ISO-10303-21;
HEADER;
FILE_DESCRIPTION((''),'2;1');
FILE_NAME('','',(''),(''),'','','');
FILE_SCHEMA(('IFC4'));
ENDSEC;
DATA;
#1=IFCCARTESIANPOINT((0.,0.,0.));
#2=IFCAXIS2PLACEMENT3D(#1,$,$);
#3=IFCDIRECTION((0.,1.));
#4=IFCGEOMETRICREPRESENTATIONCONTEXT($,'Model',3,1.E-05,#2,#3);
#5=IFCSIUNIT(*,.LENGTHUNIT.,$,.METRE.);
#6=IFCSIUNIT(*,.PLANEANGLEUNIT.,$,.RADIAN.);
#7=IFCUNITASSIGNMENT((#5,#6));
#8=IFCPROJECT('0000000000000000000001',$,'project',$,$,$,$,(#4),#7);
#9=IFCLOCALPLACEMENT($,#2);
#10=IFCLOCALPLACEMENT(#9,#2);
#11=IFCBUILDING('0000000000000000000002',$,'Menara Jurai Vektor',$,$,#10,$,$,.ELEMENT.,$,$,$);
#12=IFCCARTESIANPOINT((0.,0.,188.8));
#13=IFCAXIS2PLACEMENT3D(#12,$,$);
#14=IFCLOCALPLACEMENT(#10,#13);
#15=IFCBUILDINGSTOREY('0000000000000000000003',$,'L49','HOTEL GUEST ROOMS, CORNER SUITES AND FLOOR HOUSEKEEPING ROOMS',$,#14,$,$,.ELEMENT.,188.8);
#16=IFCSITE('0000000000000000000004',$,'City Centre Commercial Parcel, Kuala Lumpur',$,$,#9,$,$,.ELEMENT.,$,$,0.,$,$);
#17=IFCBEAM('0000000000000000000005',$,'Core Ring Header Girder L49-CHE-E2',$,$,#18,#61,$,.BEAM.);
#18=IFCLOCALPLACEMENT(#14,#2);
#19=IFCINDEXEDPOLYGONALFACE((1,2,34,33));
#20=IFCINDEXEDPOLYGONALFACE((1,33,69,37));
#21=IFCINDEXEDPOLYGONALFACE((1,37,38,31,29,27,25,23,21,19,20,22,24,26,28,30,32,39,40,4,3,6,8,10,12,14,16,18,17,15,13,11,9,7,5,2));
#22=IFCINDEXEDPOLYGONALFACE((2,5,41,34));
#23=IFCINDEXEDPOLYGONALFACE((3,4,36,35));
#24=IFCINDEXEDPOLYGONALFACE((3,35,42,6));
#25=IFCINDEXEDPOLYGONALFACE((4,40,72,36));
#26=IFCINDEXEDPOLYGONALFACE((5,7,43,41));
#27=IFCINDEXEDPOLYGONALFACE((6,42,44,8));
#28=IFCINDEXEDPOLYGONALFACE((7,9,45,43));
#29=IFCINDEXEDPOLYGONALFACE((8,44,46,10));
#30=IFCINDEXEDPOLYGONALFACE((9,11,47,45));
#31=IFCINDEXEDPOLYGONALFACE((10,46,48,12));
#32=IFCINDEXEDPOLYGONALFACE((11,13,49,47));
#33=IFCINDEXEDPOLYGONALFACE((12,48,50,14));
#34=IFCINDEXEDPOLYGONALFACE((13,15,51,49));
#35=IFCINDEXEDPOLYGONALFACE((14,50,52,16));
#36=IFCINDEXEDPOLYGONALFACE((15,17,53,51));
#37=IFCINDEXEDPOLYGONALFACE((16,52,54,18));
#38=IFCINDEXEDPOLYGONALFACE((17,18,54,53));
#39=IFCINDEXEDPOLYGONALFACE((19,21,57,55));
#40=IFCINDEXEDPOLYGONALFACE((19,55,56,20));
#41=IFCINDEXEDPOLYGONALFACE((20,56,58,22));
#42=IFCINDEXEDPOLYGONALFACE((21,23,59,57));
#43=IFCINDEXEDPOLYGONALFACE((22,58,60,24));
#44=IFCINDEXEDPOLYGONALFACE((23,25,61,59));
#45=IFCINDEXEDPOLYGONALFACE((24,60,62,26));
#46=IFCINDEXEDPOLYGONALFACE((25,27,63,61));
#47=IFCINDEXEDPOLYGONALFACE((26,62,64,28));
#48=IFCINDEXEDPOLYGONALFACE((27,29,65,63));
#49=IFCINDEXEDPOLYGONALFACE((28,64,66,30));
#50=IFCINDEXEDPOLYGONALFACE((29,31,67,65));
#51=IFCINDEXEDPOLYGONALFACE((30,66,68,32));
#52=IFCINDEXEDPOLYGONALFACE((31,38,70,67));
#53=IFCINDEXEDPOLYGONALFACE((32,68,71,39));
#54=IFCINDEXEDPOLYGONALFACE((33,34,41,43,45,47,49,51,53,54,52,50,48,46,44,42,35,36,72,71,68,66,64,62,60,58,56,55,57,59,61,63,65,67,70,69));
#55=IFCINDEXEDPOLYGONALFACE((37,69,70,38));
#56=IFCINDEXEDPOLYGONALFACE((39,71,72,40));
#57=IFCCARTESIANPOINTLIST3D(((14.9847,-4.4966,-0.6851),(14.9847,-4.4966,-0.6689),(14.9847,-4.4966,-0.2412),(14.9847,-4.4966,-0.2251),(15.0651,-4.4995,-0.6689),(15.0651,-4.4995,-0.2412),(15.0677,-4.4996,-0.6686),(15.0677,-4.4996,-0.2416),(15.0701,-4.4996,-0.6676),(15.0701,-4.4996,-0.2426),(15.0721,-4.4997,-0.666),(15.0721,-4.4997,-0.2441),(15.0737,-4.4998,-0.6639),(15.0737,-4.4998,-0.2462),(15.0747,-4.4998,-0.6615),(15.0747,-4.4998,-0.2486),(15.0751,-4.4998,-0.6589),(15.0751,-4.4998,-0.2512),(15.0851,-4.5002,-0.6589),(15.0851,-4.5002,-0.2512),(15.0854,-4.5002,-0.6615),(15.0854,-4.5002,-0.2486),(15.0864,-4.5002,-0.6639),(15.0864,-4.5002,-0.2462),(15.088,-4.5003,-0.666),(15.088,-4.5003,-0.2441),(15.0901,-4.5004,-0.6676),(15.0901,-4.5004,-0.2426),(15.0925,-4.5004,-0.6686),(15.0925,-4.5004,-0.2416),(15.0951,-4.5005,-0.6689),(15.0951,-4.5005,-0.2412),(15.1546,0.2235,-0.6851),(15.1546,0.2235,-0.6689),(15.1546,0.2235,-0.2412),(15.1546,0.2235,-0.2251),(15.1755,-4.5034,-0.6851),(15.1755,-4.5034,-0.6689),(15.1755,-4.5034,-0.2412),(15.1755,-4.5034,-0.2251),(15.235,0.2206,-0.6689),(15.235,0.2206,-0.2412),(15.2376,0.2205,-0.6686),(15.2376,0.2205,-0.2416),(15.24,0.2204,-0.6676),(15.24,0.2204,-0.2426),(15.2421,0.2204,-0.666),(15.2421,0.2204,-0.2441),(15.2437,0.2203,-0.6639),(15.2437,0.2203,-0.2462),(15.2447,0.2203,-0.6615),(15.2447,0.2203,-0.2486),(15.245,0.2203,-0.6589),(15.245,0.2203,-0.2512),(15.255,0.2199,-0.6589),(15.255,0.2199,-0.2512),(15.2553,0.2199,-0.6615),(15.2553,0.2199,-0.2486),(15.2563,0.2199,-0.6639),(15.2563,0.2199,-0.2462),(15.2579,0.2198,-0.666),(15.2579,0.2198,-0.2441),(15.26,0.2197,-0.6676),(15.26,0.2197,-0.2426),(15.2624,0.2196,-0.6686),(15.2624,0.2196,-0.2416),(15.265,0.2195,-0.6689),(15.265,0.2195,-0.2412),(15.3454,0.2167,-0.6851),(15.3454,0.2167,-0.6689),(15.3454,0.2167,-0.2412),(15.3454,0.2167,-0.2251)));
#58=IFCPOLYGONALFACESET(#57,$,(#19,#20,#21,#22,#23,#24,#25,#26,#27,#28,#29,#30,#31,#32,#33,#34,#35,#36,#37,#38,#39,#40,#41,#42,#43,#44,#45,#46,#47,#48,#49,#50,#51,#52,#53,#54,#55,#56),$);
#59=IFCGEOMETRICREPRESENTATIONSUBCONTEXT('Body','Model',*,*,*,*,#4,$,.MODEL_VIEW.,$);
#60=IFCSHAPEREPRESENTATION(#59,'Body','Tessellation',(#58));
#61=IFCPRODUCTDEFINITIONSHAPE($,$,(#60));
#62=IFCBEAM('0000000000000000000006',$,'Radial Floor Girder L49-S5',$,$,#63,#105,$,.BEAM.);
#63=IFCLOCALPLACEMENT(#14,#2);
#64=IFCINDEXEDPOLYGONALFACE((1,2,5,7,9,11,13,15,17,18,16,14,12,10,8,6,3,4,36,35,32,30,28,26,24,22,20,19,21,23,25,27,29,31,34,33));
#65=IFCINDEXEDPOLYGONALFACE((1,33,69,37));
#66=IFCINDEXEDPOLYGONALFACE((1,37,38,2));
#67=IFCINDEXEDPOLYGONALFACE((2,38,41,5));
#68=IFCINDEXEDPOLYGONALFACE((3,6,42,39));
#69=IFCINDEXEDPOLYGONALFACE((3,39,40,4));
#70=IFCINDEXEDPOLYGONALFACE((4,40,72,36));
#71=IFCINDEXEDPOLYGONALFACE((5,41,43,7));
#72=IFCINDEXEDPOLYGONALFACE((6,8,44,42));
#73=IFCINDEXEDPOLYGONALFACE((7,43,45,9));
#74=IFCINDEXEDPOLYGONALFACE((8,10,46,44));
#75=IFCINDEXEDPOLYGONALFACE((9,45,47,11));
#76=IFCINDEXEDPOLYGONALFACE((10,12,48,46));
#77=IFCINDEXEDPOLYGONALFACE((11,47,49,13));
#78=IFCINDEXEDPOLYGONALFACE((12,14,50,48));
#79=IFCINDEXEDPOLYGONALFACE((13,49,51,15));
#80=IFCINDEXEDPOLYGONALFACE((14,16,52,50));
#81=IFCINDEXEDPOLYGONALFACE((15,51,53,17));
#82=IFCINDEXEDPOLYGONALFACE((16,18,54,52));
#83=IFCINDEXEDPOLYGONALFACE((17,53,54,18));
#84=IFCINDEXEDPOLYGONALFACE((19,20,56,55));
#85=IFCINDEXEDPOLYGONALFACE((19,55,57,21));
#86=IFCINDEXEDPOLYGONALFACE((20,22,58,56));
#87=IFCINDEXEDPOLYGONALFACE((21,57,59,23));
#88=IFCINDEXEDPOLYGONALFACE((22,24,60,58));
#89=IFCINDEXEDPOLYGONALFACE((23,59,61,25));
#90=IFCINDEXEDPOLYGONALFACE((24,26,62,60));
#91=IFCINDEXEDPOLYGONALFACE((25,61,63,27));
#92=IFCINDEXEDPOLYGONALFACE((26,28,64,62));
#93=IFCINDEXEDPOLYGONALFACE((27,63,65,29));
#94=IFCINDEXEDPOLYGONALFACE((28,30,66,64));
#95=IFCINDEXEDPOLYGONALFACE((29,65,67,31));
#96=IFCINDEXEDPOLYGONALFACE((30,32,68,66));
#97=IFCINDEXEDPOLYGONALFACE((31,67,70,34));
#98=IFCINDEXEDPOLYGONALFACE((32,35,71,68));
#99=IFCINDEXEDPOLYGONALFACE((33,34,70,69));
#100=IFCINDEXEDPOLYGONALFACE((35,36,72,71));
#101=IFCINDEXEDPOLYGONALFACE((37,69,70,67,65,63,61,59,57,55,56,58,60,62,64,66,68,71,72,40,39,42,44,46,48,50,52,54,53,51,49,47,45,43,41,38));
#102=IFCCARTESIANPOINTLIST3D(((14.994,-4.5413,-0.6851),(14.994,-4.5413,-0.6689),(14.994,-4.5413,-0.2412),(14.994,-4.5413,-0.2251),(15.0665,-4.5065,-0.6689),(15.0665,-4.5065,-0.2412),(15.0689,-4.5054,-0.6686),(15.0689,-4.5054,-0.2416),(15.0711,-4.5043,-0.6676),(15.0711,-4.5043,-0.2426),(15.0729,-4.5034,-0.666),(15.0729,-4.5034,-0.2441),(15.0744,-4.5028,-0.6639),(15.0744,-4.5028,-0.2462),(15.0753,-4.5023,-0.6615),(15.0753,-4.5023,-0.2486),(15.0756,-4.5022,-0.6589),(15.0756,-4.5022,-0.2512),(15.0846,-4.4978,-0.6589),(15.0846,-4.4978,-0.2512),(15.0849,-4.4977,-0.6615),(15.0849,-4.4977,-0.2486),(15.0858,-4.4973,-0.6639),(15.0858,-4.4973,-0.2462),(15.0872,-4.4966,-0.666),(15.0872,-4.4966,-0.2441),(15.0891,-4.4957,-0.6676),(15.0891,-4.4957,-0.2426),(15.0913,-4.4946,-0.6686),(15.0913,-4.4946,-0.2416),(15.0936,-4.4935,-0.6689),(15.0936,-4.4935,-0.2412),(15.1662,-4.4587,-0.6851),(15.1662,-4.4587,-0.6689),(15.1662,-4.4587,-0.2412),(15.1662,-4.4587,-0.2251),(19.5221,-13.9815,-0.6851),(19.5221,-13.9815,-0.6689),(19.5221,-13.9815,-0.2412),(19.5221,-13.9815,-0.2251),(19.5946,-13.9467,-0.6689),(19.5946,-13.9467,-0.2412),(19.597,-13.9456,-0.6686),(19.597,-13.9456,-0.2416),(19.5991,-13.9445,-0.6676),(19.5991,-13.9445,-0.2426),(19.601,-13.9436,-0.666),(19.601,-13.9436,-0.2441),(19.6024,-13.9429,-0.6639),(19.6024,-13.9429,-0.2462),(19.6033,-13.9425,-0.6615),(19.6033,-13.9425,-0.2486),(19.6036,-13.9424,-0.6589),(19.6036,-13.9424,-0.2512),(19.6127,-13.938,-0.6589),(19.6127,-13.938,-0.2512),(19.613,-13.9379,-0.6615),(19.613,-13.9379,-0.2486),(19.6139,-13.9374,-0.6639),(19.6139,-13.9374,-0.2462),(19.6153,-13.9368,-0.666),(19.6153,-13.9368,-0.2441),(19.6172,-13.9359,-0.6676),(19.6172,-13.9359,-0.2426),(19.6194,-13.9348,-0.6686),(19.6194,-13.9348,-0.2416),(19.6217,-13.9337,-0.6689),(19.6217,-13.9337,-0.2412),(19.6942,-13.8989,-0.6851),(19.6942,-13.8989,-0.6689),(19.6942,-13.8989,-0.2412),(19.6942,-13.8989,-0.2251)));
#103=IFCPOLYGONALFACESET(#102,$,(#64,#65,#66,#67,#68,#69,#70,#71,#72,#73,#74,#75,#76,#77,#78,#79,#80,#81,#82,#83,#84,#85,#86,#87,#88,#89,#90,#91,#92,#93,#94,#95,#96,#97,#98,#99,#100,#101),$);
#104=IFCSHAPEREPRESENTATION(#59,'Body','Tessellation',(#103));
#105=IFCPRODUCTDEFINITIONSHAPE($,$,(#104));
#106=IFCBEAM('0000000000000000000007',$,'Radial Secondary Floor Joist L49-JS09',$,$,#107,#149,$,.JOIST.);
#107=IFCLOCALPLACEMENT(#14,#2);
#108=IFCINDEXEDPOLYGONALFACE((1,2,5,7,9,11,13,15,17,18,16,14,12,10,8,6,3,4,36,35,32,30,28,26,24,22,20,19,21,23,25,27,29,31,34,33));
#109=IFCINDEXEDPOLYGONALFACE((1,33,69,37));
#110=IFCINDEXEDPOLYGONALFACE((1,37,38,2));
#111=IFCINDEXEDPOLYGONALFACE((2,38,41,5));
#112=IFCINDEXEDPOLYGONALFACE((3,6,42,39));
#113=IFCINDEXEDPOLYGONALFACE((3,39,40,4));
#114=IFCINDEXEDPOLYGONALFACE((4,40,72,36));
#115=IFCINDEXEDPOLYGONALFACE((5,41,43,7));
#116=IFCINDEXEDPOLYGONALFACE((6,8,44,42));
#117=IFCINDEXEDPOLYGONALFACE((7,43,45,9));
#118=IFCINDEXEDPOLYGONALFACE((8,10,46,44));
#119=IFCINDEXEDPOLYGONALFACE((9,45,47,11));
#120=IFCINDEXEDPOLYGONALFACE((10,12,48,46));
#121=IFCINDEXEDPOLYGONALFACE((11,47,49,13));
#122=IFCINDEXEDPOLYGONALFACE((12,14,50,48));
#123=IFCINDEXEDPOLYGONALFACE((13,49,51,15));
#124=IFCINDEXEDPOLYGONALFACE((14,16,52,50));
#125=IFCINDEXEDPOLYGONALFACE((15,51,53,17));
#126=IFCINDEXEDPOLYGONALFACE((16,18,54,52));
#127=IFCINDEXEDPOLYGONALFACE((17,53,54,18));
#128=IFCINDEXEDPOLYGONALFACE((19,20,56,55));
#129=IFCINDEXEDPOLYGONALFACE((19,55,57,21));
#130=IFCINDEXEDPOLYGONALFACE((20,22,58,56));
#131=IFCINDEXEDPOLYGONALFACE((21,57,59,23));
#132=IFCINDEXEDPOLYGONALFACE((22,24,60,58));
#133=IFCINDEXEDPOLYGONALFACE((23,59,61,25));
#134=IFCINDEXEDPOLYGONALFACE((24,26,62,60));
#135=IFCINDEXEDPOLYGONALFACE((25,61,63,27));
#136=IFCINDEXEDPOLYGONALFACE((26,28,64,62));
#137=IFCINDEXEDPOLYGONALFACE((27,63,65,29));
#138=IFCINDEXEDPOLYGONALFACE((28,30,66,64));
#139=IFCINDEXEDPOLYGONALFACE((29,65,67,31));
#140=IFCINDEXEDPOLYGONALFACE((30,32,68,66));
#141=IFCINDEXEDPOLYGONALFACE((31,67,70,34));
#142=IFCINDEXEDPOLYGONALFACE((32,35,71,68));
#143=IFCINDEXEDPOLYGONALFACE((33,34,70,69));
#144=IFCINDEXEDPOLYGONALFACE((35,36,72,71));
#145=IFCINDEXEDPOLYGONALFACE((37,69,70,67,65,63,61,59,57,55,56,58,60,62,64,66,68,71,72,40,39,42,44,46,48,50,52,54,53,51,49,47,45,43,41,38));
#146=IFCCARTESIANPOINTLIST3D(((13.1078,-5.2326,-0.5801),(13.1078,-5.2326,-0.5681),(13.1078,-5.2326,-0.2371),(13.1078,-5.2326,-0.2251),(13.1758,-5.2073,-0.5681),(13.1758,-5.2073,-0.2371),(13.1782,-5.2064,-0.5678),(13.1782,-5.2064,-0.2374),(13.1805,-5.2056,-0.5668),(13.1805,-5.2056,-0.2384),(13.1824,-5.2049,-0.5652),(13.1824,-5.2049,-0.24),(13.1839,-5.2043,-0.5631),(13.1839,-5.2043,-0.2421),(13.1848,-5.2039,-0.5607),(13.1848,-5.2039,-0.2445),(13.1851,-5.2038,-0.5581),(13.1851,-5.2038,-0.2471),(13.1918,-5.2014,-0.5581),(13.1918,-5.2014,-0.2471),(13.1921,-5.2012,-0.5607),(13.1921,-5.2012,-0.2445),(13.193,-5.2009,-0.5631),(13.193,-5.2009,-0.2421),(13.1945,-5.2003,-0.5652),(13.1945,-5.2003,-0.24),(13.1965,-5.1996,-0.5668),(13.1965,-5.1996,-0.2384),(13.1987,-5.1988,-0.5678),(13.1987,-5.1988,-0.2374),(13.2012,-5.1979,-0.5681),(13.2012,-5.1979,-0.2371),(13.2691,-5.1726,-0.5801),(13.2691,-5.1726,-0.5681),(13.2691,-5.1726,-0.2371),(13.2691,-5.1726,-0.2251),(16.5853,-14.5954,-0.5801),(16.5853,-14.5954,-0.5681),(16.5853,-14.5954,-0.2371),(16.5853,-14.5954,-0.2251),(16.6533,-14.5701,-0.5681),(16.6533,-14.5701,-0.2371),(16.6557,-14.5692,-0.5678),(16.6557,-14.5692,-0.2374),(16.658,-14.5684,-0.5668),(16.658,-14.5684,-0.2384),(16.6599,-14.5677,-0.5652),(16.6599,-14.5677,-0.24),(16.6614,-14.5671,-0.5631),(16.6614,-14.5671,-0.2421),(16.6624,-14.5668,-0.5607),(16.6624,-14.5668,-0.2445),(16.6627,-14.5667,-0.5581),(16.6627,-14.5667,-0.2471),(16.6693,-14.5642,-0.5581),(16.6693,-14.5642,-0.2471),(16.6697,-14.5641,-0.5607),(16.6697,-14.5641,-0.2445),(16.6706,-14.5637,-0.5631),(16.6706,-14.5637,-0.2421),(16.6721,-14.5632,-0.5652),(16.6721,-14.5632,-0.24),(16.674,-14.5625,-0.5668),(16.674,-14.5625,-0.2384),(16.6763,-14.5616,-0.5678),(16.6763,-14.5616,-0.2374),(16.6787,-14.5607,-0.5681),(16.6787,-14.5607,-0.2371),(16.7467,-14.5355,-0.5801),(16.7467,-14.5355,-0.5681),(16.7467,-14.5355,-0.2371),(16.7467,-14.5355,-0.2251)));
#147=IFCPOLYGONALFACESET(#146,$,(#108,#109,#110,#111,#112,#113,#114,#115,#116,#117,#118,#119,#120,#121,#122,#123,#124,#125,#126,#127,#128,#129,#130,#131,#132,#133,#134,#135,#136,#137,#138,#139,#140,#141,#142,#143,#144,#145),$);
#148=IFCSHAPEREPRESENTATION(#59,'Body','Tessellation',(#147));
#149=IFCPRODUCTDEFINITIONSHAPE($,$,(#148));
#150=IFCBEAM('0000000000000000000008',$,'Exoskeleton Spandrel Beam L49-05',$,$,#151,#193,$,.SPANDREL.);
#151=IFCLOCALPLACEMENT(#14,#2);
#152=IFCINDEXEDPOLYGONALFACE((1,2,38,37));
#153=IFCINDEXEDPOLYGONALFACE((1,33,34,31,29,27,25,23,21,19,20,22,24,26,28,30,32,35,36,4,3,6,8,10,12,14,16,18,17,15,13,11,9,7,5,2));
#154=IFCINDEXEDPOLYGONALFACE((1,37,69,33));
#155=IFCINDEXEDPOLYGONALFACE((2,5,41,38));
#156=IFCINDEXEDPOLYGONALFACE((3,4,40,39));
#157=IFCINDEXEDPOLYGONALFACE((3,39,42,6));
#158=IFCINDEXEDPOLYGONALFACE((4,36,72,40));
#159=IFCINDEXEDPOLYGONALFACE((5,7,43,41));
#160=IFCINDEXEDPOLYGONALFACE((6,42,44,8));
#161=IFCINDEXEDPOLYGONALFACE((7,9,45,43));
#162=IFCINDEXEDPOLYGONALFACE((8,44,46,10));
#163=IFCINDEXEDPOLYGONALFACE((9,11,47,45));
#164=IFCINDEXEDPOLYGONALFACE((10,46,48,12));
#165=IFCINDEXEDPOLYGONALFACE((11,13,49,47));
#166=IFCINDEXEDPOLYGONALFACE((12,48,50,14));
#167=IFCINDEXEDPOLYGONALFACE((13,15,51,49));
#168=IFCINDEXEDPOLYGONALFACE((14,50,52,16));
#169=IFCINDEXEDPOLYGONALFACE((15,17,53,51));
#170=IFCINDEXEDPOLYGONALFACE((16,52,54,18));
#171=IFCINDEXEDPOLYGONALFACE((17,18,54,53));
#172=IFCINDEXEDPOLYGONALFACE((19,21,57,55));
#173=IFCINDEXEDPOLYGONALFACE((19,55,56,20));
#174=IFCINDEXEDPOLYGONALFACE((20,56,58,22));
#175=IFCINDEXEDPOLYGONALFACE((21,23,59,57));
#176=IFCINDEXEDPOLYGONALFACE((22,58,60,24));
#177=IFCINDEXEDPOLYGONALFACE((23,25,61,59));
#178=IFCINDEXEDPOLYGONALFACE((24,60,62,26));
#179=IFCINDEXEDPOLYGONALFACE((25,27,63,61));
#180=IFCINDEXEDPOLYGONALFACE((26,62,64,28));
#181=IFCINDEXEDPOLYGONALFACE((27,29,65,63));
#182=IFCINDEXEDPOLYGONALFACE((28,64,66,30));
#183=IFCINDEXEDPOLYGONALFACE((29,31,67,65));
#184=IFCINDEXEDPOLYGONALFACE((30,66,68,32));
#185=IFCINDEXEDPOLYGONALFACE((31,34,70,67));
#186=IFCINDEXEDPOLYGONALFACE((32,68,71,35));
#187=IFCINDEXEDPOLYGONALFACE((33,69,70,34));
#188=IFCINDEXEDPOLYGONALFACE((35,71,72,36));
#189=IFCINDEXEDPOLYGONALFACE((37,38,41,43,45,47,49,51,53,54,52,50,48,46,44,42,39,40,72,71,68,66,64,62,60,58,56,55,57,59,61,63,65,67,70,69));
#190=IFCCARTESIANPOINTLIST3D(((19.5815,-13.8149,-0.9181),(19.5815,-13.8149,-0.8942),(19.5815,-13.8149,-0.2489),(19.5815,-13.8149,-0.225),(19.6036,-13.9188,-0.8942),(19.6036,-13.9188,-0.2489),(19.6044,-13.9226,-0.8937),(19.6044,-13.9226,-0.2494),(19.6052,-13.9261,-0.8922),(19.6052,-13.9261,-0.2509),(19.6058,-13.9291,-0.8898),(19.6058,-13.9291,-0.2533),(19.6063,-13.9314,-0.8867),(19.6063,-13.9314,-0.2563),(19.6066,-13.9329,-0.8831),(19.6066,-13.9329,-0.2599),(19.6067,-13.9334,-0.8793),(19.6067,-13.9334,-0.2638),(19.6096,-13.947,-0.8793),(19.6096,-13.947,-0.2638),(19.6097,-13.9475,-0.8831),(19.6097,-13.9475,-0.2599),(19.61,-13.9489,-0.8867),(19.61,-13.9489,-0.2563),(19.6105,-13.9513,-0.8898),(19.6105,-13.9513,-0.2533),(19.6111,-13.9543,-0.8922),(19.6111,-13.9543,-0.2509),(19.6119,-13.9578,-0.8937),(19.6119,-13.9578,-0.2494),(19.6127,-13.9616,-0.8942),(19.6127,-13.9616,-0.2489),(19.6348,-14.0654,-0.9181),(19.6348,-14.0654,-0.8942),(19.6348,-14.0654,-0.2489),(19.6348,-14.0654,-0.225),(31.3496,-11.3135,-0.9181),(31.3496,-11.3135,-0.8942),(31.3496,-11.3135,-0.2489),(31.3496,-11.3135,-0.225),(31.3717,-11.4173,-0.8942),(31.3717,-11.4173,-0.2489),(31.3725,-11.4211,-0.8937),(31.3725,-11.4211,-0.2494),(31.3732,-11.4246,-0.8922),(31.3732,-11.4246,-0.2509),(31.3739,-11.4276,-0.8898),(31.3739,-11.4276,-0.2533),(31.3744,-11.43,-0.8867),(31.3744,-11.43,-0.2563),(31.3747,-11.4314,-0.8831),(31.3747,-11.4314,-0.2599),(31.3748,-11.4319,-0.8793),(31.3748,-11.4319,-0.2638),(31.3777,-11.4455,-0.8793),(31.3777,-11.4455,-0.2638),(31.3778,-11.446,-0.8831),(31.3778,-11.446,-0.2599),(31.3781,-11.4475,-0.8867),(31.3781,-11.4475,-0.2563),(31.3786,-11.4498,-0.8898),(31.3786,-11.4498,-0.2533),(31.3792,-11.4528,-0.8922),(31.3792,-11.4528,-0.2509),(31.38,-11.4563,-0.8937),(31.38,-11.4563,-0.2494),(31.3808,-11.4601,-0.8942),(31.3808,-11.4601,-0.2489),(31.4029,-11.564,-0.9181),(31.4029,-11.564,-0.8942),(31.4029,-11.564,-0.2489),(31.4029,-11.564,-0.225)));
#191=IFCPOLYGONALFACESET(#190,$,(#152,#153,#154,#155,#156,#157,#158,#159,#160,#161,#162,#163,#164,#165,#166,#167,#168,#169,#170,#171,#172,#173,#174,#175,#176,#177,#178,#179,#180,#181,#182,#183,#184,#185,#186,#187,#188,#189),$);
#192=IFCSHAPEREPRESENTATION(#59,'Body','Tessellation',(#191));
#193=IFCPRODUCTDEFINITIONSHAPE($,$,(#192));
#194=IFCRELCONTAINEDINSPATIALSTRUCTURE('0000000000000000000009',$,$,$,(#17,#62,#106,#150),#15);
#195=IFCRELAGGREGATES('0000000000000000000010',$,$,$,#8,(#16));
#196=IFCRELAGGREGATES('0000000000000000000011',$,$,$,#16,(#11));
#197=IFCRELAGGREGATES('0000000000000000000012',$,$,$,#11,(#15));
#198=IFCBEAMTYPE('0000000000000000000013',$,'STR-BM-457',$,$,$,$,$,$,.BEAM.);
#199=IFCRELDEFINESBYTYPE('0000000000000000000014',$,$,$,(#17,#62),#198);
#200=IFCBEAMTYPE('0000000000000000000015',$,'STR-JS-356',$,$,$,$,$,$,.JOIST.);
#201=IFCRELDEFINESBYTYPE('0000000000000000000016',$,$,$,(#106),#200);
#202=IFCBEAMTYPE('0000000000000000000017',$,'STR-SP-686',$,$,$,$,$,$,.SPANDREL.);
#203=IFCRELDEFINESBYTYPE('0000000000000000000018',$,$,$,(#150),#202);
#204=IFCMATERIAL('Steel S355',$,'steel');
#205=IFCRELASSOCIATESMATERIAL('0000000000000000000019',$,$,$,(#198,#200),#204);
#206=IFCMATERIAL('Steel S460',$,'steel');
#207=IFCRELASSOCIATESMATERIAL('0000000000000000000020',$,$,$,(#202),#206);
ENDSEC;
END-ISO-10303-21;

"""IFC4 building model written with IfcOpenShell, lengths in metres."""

from ifc_helpers import new_model, si_unit, direction, frame, origin, origin_2d, place, context, subcontext, project, spatial, i_section, extrude, material, material_profile, profile_set, type_object, element, save


model = new_model("IFC4")

# Units and contexts
model_context = context("Model", 3, precision=1e-05, world=origin(), true_north=direction((0.0, 1.0)))
body_context = subcontext(model_context, "Body", "Model", "MODEL_VIEW")
ifc_project = project(units=[si_unit("LENGTHUNIT", "METRE"), si_unit("PLANEANGLEUNIT", "RADIAN")], contexts=[model_context])

# Site, building, storey
site_placement = place(None, origin())
site = spatial("IfcSite", under=ifc_project, at=site_placement, Name="City Centre Commercial Parcel, Kuala Lumpur", CompositionType="ELEMENT", RefElevation=0.0)
building_placement = place(site_placement, origin())
building = spatial("IfcBuilding", under=site, at=building_placement, Name="Menara Jurai Vektor", CompositionType="ELEMENT")
storey_placement = place(building_placement, frame((0.0, 0.0, 188.8)))
storey = spatial("IfcBuildingStorey", under=building, at=storey_placement, Name="L49", Description="HOTEL GUEST ROOMS, CORNER SUITES AND FLOOR HOUSEKEEPING ROOMS", CompositionType="ELEMENT", Elevation=188.8)

# Shared definitions
ifc_material_1 = material(Name="Steel S460", Category="steel")

# Beams
ifc_material_2 = material(Name="Steel S355", Category="steel")
ifc_material_profile_1 = material_profile(ifc_material_2, i_section(OverallWidth=0.1909, OverallDepth=0.46, WebThickness=0.01, FlangeThickness=0.0161, FilletRadius=0.01, at=origin_2d()), Name="UKB 457x191x82")
ifc_profile_set_1 = profile_set([ifc_material_profile_1], Name="Steel S355")
beam_type_1 = type_object("IfcBeamType", Name="STR-BM-457", PredefinedType="BEAM", material=ifc_profile_set_1)
beam_1_placement = place(storey_placement, frame((15.0801, -4.5, -0.4551), z_axis=(0.035977, 0.999353, 0.0), x_axis=(-0.999353, 0.035977, 0.0)))
element("IfcBeam", 1, at=beam_1_placement, inside=storey, type_object=beam_type_1, Name="Core Ring Header Girder L49-CHE-E2", PredefinedType="BEAM", context=body_context, shape_type="SweptSolid", body=[
    extrude(i_section(OverallWidth=0.1909, OverallDepth=0.46, WebThickness=0.01, FlangeThickness=0.0161, FilletRadius=0.01, at=origin_2d()), origin(), (0.0, 0.0, 1.0), 4.7231),
])
beam_2_placement = place(storey_placement, frame((19.6082, -13.9402, -0.4551), z_axis=(-0.432482, 0.901643, 0.0), x_axis=(-0.901643, -0.432482, 0.0)))
element("IfcBeam", 2, at=beam_2_placement, inside=storey, type_object=beam_type_1, Name="Radial Floor Girder L49-S5", PredefinedType="BEAM", context=body_context, shape_type="SweptSolid", body=[
    extrude(i_section(OverallWidth=0.1909, OverallDepth=0.46, WebThickness=0.01, FlangeThickness=0.0161, FilletRadius=0.01, at=origin_2d()), origin(), (0.0, 0.0, 1.0), 10.47),
])
ifc_material_profile_2 = material_profile(ifc_material_2, i_section(OverallWidth=0.1721, OverallDepth=0.355, WebThickness=0.0071, FlangeThickness=0.012, FilletRadius=0.01, at=origin_2d()), Name="UKB 356x171x51")
ifc_profile_set_2 = profile_set([ifc_material_profile_2], Name="Steel S355")
beam_type_2 = type_object("IfcBeamType", Name="STR-JS-356", PredefinedType="JOIST", material=ifc_profile_set_2)
beam_3_placement = place(storey_placement, frame((16.666, -14.5654, -0.4026), z_axis=(-0.34818, 0.937428, 0.0), x_axis=(-0.937428, -0.34818, 0.0)))
element("IfcBeam", 3, at=beam_3_placement, inside=storey, type_object=beam_type_2, Name="Radial Secondary Floor Joist L49-JS09", PredefinedType="JOIST", context=body_context, shape_type="SweptSolid", body=[
    extrude(i_section(OverallWidth=0.1721, OverallDepth=0.355, WebThickness=0.0071, FlangeThickness=0.012, FilletRadius=0.01, at=origin_2d()), origin(), (0.0, 0.0, 1.0), 9.9878),
])
ifc_material_profile_3 = material_profile(ifc_material_1, i_section(OverallWidth=0.2561, OverallDepth=0.6931, WebThickness=0.0139, FlangeThickness=0.0239, FilletRadius=0.0149, at=origin_2d()), Name="UKB 686x254x170")
ifc_profile_set_3 = profile_set([ifc_material_profile_3], Name="Steel S460")
beam_type_3 = type_object("IfcBeamType", Name="STR-SP-686", PredefinedType="SPANDREL", material=ifc_profile_set_3)
beam_4_placement = place(storey_placement, frame((19.6082, -13.9402, -0.5715), z_axis=(0.978146, 0.207918, 0.0), x_axis=(-0.207918, 0.978146, 0.0)))
element("IfcBeam", 4, at=beam_4_placement, inside=storey, type_object=beam_type_3, Name="Exoskeleton Spandrel Beam L49-05", PredefinedType="SPANDREL", context=body_context, shape_type="SweptSolid", body=[
    extrude(i_section(OverallWidth=0.2561, OverallDepth=0.6931, WebThickness=0.0139, FlangeThickness=0.0239, FilletRadius=0.0149, at=origin_2d()), origin(), (0.0, 0.0, 1.0), 12.031),
])

save(model, "model.ifc")
